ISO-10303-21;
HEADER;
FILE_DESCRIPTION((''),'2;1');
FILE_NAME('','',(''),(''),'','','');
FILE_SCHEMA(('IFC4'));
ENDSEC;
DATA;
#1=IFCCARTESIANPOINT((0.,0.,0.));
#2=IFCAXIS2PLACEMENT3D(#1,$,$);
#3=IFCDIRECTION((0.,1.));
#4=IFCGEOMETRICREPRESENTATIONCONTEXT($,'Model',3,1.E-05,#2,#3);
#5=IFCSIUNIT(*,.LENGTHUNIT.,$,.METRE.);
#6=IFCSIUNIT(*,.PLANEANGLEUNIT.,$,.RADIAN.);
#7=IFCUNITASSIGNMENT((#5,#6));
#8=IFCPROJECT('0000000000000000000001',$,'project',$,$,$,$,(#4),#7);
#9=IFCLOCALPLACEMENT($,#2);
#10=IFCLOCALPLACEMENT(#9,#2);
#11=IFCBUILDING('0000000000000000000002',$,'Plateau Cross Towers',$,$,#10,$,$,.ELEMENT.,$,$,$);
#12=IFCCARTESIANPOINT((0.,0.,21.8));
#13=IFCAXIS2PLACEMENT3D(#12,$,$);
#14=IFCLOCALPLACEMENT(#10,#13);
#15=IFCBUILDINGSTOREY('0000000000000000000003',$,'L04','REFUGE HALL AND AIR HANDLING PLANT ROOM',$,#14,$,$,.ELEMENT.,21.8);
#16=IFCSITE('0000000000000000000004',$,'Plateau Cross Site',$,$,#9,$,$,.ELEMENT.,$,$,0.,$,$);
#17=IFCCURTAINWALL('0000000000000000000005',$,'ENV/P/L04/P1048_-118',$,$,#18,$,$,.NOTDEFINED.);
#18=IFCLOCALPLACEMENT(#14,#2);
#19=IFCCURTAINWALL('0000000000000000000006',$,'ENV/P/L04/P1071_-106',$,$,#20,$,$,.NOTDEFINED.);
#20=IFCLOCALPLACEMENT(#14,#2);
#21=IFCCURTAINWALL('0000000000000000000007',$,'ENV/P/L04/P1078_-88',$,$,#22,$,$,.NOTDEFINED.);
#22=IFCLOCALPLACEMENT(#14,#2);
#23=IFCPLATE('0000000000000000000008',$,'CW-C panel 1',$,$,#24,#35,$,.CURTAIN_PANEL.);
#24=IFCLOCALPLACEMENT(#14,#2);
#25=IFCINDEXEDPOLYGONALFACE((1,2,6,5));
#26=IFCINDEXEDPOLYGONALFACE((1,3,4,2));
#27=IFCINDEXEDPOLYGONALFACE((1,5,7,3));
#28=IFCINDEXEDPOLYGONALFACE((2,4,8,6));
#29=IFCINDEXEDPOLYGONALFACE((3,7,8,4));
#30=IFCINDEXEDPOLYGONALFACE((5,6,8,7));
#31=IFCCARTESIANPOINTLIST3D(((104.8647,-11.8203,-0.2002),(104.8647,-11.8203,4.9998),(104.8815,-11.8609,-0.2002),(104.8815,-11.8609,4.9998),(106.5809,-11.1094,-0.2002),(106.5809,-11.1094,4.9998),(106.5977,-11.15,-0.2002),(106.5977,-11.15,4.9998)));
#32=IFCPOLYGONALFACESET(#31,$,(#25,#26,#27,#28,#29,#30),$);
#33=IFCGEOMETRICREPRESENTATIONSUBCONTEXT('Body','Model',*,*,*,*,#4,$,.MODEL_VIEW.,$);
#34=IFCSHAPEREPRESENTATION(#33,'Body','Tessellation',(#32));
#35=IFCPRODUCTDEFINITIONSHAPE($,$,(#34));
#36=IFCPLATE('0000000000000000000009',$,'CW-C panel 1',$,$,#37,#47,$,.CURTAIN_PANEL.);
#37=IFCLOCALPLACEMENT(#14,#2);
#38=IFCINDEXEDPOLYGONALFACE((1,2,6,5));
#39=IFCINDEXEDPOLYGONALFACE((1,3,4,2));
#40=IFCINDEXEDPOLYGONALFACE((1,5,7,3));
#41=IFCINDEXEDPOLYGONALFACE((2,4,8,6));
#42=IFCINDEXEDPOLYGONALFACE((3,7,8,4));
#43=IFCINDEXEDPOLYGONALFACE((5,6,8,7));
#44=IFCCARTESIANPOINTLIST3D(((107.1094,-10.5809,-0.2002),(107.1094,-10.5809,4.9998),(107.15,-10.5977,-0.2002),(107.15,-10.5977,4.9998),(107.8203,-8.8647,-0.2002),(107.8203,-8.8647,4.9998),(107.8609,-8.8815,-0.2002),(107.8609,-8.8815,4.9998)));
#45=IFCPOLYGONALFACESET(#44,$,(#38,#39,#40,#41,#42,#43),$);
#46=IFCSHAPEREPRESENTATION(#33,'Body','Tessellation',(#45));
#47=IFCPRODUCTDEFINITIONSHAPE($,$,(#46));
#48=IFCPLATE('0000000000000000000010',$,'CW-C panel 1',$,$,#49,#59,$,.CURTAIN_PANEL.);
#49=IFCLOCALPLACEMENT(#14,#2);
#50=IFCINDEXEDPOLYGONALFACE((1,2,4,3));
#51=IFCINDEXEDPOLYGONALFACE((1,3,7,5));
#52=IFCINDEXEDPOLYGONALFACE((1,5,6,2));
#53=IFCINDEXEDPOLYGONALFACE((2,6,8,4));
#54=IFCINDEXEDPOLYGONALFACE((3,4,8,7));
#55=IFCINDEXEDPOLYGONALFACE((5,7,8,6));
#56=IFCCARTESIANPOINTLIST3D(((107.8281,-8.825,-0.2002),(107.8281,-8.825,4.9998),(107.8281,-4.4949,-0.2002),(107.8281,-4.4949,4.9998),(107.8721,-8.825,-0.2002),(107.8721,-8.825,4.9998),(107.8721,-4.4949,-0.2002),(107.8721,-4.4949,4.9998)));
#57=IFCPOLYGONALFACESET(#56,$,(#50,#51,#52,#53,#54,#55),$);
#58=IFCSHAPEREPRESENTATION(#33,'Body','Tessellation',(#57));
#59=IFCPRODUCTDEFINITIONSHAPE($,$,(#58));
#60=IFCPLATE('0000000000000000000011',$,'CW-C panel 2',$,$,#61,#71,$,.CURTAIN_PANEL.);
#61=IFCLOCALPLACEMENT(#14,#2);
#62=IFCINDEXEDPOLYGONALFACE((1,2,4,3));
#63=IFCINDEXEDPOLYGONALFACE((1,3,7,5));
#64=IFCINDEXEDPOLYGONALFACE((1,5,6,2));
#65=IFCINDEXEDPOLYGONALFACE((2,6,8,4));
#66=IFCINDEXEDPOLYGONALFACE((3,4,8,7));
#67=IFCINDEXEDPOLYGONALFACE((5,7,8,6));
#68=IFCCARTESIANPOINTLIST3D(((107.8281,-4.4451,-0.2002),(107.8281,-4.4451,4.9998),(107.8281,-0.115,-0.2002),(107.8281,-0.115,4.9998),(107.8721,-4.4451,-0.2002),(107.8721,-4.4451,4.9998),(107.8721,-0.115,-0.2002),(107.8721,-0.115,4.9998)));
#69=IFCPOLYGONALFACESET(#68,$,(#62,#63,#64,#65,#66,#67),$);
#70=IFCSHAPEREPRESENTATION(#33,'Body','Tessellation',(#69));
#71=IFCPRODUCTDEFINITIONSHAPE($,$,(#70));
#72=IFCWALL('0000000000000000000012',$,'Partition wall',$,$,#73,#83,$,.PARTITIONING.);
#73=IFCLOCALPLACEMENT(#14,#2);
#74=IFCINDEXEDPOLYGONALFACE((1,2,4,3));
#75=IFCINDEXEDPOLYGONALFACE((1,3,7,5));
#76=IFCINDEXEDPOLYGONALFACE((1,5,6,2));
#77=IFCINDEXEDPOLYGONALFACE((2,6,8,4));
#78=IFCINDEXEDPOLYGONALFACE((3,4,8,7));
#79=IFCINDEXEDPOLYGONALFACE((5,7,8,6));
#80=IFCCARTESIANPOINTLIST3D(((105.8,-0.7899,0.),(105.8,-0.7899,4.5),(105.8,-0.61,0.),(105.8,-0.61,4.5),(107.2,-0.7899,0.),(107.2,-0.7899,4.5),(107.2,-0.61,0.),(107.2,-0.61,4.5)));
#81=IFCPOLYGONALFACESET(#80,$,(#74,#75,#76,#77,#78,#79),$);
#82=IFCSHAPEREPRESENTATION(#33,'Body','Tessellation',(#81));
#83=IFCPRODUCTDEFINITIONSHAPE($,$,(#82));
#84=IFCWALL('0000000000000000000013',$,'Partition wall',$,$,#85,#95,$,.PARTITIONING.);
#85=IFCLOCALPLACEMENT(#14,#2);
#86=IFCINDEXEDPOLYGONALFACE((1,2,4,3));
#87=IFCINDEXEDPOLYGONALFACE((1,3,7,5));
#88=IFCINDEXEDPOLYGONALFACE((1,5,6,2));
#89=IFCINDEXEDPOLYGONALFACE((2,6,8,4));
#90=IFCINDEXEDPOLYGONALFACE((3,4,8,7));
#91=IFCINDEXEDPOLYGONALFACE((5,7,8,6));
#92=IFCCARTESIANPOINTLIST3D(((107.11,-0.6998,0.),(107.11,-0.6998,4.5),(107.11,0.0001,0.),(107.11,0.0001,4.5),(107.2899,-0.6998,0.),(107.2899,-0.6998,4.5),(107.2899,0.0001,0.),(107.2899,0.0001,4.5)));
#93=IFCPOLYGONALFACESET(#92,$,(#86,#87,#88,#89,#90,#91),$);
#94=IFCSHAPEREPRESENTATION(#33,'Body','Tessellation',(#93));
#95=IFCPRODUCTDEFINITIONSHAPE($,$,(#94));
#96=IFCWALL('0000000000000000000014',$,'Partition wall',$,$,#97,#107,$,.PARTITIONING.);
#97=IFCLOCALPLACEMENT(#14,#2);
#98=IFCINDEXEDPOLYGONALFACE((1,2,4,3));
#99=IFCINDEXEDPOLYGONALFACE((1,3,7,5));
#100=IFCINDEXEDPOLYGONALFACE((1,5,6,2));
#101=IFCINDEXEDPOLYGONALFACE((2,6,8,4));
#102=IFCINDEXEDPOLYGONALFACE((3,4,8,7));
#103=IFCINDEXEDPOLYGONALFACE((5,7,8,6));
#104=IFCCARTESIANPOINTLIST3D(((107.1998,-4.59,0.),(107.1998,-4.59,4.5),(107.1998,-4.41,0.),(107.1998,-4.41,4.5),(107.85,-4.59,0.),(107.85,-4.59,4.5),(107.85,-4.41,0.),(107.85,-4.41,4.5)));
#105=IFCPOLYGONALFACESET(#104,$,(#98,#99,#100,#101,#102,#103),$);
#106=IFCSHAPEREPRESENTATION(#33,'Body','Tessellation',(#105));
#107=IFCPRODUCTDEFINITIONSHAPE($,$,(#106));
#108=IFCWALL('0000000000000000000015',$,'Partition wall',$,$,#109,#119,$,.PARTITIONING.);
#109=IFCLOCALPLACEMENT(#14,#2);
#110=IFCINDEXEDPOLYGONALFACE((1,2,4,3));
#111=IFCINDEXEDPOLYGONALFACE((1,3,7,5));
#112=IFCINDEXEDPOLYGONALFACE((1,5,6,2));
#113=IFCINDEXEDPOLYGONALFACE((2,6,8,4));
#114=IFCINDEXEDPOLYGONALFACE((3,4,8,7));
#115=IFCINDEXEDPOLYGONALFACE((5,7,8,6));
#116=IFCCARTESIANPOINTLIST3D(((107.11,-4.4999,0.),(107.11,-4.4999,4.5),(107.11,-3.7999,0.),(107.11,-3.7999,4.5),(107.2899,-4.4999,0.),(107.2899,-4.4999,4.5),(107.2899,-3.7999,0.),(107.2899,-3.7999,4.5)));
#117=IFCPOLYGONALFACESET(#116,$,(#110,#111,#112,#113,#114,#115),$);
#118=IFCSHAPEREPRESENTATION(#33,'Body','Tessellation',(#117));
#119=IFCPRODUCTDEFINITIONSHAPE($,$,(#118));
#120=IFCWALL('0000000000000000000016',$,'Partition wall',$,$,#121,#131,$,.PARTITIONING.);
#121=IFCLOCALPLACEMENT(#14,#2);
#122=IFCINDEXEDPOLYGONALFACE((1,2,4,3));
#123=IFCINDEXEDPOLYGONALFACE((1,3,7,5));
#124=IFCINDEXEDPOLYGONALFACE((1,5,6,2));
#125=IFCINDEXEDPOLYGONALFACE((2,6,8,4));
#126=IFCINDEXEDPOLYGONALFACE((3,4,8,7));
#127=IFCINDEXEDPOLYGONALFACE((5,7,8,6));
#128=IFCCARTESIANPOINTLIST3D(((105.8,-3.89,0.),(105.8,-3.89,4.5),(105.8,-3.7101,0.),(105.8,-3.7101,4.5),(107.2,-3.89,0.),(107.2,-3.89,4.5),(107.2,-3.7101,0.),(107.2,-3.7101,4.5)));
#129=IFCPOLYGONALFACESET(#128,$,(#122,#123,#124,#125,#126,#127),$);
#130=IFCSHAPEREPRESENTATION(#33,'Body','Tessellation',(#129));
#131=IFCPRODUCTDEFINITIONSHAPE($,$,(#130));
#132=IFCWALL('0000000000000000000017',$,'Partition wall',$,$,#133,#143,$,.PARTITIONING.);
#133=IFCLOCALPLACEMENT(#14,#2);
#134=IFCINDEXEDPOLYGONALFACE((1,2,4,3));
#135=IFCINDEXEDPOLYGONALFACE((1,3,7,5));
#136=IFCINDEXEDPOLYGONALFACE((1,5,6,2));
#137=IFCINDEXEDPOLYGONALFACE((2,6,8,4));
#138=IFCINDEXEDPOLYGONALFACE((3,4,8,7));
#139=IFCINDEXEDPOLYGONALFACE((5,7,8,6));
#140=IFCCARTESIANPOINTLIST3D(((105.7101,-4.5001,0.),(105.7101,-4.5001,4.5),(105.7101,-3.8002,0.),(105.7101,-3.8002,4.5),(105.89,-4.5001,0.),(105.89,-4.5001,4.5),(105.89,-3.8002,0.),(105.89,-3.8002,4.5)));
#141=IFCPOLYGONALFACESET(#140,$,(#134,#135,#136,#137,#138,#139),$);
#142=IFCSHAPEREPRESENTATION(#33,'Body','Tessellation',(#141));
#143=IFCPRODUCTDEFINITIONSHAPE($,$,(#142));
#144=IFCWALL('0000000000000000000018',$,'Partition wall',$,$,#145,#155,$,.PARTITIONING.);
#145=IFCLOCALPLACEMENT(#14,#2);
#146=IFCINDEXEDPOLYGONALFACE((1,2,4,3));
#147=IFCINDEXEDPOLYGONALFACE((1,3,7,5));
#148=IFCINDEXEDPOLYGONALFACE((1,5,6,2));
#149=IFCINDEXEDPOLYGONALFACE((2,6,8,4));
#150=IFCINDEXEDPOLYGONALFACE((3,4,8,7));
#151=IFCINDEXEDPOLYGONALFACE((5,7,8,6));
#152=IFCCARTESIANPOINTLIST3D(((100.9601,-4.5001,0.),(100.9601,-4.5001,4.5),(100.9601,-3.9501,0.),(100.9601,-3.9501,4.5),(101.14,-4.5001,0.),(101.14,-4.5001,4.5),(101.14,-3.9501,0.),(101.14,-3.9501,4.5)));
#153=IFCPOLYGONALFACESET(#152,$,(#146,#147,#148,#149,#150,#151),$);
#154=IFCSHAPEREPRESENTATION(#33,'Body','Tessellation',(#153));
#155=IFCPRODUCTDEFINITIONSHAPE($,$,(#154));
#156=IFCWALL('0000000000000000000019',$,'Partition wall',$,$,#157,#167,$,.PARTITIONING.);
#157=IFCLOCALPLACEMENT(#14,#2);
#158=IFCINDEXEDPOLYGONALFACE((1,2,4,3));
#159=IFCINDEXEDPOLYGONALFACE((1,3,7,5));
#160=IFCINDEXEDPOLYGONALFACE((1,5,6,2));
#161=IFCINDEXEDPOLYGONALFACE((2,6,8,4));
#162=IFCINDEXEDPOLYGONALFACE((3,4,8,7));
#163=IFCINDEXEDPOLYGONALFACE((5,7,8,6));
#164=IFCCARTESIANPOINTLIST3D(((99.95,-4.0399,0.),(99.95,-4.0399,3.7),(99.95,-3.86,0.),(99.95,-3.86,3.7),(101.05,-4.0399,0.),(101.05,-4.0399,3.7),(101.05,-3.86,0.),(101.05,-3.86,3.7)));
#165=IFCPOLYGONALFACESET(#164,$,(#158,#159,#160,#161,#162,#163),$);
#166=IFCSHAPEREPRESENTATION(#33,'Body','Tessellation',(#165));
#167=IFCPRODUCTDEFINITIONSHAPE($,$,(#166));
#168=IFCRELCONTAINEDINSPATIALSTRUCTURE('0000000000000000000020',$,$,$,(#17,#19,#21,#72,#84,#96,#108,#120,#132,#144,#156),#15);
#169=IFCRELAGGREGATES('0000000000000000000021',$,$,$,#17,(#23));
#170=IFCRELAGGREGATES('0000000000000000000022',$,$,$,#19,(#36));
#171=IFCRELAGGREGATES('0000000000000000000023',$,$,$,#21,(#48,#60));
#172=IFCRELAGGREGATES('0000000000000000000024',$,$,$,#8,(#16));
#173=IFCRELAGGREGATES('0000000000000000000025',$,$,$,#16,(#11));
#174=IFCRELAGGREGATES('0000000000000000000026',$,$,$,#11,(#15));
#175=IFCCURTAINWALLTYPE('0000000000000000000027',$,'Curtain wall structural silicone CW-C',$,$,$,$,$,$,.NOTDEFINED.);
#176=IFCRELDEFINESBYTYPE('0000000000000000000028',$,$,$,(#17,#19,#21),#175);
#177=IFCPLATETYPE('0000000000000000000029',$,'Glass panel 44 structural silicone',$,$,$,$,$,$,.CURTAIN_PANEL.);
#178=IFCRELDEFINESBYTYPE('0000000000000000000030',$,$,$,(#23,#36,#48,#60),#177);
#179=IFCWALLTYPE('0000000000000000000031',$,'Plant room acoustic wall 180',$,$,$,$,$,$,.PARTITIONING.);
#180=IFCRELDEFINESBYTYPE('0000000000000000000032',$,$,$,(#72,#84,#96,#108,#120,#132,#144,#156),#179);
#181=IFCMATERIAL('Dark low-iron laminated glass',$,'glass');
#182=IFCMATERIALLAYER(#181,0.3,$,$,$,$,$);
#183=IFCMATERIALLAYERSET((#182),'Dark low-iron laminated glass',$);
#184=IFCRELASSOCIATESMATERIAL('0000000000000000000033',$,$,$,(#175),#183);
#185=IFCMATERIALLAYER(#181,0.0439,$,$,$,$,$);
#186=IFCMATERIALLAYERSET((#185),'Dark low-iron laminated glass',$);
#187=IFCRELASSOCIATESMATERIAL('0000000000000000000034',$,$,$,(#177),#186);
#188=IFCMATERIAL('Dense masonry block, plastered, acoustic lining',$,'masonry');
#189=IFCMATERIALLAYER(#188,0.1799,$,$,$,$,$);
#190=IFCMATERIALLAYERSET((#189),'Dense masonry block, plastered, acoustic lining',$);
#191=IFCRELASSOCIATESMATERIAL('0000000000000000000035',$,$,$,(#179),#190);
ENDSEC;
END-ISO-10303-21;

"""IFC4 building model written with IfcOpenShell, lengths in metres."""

from ifc_helpers import new_model, si_unit, direction, frame, frame_2d, origin, origin_2d, place, context, subcontext, project, spatial, rectangle, extrude, material, layer, layer_set, type_object, element, aggregate, save


model = new_model("IFC4")

# Units and contexts
model_context = context("Model", 3, precision=1e-05, world=origin(), true_north=direction((0.0, 1.0)))
body_context = subcontext(model_context, "Body", "Model", "MODEL_VIEW")
ifc_project = project(units=[si_unit("LENGTHUNIT", "METRE"), si_unit("PLANEANGLEUNIT", "RADIAN")], contexts=[model_context])

# Site, building, storey
site_placement = place(None, origin())
site = spatial("IfcSite", under=ifc_project, at=site_placement, Name="Plateau Cross Site", CompositionType="ELEMENT", RefElevation=0.0)
building_placement = place(site_placement, origin())
building = spatial("IfcBuilding", under=site, at=building_placement, Name="Plateau Cross Towers", CompositionType="ELEMENT")
storey_placement = place(building_placement, frame((0.0, 0.0, 21.8)))
storey = spatial("IfcBuildingStorey", under=building, at=storey_placement, Name="L04", Description="REFUGE HALL AND AIR HANDLING PLANT ROOM", CompositionType="ELEMENT", Elevation=21.8)

# Shared definitions
ifc_material_1 = material(Name="Dark low-iron laminated glass", Category="glass")
ifc_layer_1 = layer(ifc_material_1, 0.3)
ifc_layer_set_1 = layer_set([ifc_layer_1], Name="Dark low-iron laminated glass")
curtain_wall_type = type_object("IfcCurtainWallType", Name="Curtain wall structural silicone CW-C", PredefinedType="NOTDEFINED", material=ifc_layer_set_1)

# Curtain wall
curtain_wall_1_placement = place(storey_placement, origin())
curtain_wall_1 = element("IfcCurtainWall", 1, at=curtain_wall_1_placement, inside=storey, type_object=curtain_wall_type, Name="ENV/P/L04/P1048_-118", PredefinedType="NOTDEFINED")

# Curtain wall
curtain_wall_2_placement = place(storey_placement, origin())
curtain_wall_2 = element("IfcCurtainWall", 2, at=curtain_wall_2_placement, inside=storey, type_object=curtain_wall_type, Name="ENV/P/L04/P1071_-106", PredefinedType="NOTDEFINED")

# Curtain wall
curtain_wall_3_placement = place(storey_placement, origin())
curtain_wall_3 = element("IfcCurtainWall", 3, at=curtain_wall_3_placement, inside=storey, type_object=curtain_wall_type, Name="ENV/P/L04/P1078_-88", PredefinedType="NOTDEFINED")

# Plates
ifc_layer_2 = layer(ifc_material_1, 0.0439)
ifc_layer_set_2 = layer_set([ifc_layer_2], Name="Dark low-iron laminated glass")
plate_type = type_object("IfcPlateType", Name="Glass panel 44 structural silicone", PredefinedType="CURTAIN_PANEL", material=ifc_layer_set_2)
plate_1_placement = place(storey_placement, frame((105.7312, -11.4851, -0.2002), z_axis=(0.0, 0.0, 1.0), x_axis=(0.923879, 0.382684, 0.0)))
plate_1 = element("IfcPlate", 4, at=plate_1_placement, type_object=plate_type, Name="CW-C panel 1", PredefinedType="CURTAIN_PANEL", context=body_context, shape_type="SweptSolid", body=[
    extrude(rectangle(XDim=1.8577, YDim=0.0439, at=origin_2d()), origin(), (0.0, 0.0, 1.0), 5.2),
])
aggregate(curtain_wall_1, [plate_1])
plate_2_placement = place(storey_placement, frame((107.4851, -9.7312, -0.2002), z_axis=(0.0, 0.0, 1.0), x_axis=(0.382684, 0.923879, 0.0)))
plate_2 = element("IfcPlate", 5, at=plate_2_placement, type_object=plate_type, Name="CW-C panel 1", PredefinedType="CURTAIN_PANEL", context=body_context, shape_type="SweptSolid", body=[
    extrude(rectangle(XDim=1.8577, YDim=0.0439, at=origin_2d()), origin(), (0.0, 0.0, 1.0), 5.2),
])
aggregate(curtain_wall_2, [plate_2])
plate_3_placement = place(storey_placement, frame((107.8501, -6.6599, -0.2002), z_axis=(0.0, 0.0, 1.0), x_axis=(0.0, 1.0, 0.0)))
plate_3 = element("IfcPlate", 6, at=plate_3_placement, type_object=plate_type, Name="CW-C panel 1", PredefinedType="CURTAIN_PANEL", context=body_context, shape_type="SweptSolid", body=[
    extrude(rectangle(XDim=4.3301, YDim=0.0439, at=origin_2d()), origin(), (0.0, 0.0, 1.0), 5.2),
])
plate_4_placement = place(storey_placement, frame((107.8501, -2.28, -0.2002), z_axis=(0.0, 0.0, 1.0), x_axis=(0.0, 1.0, 0.0)))
plate_4 = element("IfcPlate", 7, at=plate_4_placement, type_object=plate_type, Name="CW-C panel 2", PredefinedType="CURTAIN_PANEL", context=body_context, shape_type="SweptSolid", body=[
    extrude(rectangle(XDim=4.3301, YDim=0.0439, at=origin_2d()), origin(), (0.0, 0.0, 1.0), 5.2),
])
aggregate(curtain_wall_3, [plate_3, plate_4])

# Walls
ifc_material_2 = material(Name="Dense masonry block, plastered, acoustic lining", Category="masonry")
ifc_layer_3 = layer(ifc_material_2, 0.1799)
ifc_layer_set_3 = layer_set([ifc_layer_3], Name="Dense masonry block, plastered, acoustic lining")
wall_type = type_object("IfcWallType", Name="Plant room acoustic wall 180", PredefinedType="PARTITIONING", material=ifc_layer_set_3)
wall_1_placement = place(storey_placement, frame((105.8, -0.7, 0.0), z_axis=(0.0, 0.0, 1.0), x_axis=(1.0, 0.0, 0.0)))
element("IfcWall", 8, at=wall_1_placement, inside=storey, type_object=wall_type, Name="Partition wall", PredefinedType="PARTITIONING", context=body_context, shape_type="SweptSolid", body=[
    extrude(rectangle(XDim=1.3999, YDim=0.1799, at=frame_2d((0.7, 0.0))), origin(), (0.0, 0.0, 1.0), 4.5),
])
wall_2_placement = place(storey_placement, frame((107.2, -0.7, 0.0), z_axis=(0.0, 0.0, 1.0), x_axis=(0.0, 1.0, 0.0)))
element("IfcWall", 9, at=wall_2_placement, inside=storey, type_object=wall_type, Name="Partition wall", PredefinedType="PARTITIONING", context=body_context, shape_type="SweptSolid", body=[
    extrude(rectangle(XDim=0.7, YDim=0.1799, at=frame_2d((0.3501, 0.0))), origin(), (0.0, 0.0, 1.0), 4.5),
])
wall_3_placement = place(storey_placement, frame((107.8501, -4.5, 0.0), z_axis=(0.0, 0.0, 1.0), x_axis=(-1.0, 0.0, 0.0)))
element("IfcWall", 10, at=wall_3_placement, inside=storey, type_object=wall_type, Name="Partition wall", PredefinedType="PARTITIONING", context=body_context, shape_type="SweptSolid", body=[
    extrude(rectangle(XDim=0.6501, YDim=0.1799, at=frame_2d((0.3252, 0.0))), origin(), (0.0, 0.0, 1.0), 4.5),
])
wall_4_placement = place(storey_placement, frame((107.2, -4.5, 0.0), z_axis=(0.0, 0.0, 1.0), x_axis=(0.0, 1.0, 0.0)))
element("IfcWall", 11, at=wall_4_placement, inside=storey, type_object=wall_type, Name="Partition wall", PredefinedType="PARTITIONING", context=body_context, shape_type="SweptSolid", body=[
    extrude(rectangle(XDim=0.7, YDim=0.1799, at=frame_2d((0.3501, 0.0))), origin(), (0.0, 0.0, 1.0), 4.5),
])
wall_5_placement = place(storey_placement, frame((107.2, -3.8, 0.0), z_axis=(0.0, 0.0, 1.0), x_axis=(-1.0, 0.0, 0.0)))
element("IfcWall", 12, at=wall_5_placement, inside=storey, type_object=wall_type, Name="Partition wall", PredefinedType="PARTITIONING", context=body_context, shape_type="SweptSolid", body=[
    extrude(rectangle(XDim=1.3999, YDim=0.1799, at=frame_2d((0.7, 0.0))), origin(), (0.0, 0.0, 1.0), 4.5),
])
wall_6_placement = place(storey_placement, frame((105.8, -3.8, 0.0), z_axis=(0.0, 0.0, 1.0), x_axis=(0.0, -1.0, 0.0)))
element("IfcWall", 13, at=wall_6_placement, inside=storey, type_object=wall_type, Name="Partition wall", PredefinedType="PARTITIONING", context=body_context, shape_type="SweptSolid", body=[
    extrude(rectangle(XDim=0.7, YDim=0.1799, at=frame_2d((0.3501, 0.0))), origin(), (0.0, 0.0, 1.0), 4.5),
])

# Walls
wall_7_placement = place(storey_placement, frame((101.05, -4.5, 0.0), z_axis=(0.0, 0.0, 1.0), x_axis=(0.0, 1.0, 0.0)))
element("IfcWall", 14, at=wall_7_placement, inside=storey, type_object=wall_type, Name="Partition wall", PredefinedType="PARTITIONING", context=body_context, shape_type="SweptSolid", body=[
    extrude(rectangle(XDim=0.55, YDim=0.1799, at=frame_2d((0.2749, 0.0))), origin(), (0.0, 0.0, 1.0), 4.5),
])
wall_8_placement = place(storey_placement, frame((101.05, -3.95, 0.0), z_axis=(0.0, 0.0, 1.0), x_axis=(-1.0, 0.0, 0.0)))
element("IfcWall", 15, at=wall_8_placement, inside=storey, type_object=wall_type, Name="Partition wall", PredefinedType="PARTITIONING", context=body_context, shape_type="SweptSolid", body=[
    extrude(rectangle(XDim=1.1001, YDim=0.1799, at=frame_2d((0.55, 0.0))), origin(), (0.0, 0.0, 1.0), 3.7),
])

save(model, "model.ifc")
